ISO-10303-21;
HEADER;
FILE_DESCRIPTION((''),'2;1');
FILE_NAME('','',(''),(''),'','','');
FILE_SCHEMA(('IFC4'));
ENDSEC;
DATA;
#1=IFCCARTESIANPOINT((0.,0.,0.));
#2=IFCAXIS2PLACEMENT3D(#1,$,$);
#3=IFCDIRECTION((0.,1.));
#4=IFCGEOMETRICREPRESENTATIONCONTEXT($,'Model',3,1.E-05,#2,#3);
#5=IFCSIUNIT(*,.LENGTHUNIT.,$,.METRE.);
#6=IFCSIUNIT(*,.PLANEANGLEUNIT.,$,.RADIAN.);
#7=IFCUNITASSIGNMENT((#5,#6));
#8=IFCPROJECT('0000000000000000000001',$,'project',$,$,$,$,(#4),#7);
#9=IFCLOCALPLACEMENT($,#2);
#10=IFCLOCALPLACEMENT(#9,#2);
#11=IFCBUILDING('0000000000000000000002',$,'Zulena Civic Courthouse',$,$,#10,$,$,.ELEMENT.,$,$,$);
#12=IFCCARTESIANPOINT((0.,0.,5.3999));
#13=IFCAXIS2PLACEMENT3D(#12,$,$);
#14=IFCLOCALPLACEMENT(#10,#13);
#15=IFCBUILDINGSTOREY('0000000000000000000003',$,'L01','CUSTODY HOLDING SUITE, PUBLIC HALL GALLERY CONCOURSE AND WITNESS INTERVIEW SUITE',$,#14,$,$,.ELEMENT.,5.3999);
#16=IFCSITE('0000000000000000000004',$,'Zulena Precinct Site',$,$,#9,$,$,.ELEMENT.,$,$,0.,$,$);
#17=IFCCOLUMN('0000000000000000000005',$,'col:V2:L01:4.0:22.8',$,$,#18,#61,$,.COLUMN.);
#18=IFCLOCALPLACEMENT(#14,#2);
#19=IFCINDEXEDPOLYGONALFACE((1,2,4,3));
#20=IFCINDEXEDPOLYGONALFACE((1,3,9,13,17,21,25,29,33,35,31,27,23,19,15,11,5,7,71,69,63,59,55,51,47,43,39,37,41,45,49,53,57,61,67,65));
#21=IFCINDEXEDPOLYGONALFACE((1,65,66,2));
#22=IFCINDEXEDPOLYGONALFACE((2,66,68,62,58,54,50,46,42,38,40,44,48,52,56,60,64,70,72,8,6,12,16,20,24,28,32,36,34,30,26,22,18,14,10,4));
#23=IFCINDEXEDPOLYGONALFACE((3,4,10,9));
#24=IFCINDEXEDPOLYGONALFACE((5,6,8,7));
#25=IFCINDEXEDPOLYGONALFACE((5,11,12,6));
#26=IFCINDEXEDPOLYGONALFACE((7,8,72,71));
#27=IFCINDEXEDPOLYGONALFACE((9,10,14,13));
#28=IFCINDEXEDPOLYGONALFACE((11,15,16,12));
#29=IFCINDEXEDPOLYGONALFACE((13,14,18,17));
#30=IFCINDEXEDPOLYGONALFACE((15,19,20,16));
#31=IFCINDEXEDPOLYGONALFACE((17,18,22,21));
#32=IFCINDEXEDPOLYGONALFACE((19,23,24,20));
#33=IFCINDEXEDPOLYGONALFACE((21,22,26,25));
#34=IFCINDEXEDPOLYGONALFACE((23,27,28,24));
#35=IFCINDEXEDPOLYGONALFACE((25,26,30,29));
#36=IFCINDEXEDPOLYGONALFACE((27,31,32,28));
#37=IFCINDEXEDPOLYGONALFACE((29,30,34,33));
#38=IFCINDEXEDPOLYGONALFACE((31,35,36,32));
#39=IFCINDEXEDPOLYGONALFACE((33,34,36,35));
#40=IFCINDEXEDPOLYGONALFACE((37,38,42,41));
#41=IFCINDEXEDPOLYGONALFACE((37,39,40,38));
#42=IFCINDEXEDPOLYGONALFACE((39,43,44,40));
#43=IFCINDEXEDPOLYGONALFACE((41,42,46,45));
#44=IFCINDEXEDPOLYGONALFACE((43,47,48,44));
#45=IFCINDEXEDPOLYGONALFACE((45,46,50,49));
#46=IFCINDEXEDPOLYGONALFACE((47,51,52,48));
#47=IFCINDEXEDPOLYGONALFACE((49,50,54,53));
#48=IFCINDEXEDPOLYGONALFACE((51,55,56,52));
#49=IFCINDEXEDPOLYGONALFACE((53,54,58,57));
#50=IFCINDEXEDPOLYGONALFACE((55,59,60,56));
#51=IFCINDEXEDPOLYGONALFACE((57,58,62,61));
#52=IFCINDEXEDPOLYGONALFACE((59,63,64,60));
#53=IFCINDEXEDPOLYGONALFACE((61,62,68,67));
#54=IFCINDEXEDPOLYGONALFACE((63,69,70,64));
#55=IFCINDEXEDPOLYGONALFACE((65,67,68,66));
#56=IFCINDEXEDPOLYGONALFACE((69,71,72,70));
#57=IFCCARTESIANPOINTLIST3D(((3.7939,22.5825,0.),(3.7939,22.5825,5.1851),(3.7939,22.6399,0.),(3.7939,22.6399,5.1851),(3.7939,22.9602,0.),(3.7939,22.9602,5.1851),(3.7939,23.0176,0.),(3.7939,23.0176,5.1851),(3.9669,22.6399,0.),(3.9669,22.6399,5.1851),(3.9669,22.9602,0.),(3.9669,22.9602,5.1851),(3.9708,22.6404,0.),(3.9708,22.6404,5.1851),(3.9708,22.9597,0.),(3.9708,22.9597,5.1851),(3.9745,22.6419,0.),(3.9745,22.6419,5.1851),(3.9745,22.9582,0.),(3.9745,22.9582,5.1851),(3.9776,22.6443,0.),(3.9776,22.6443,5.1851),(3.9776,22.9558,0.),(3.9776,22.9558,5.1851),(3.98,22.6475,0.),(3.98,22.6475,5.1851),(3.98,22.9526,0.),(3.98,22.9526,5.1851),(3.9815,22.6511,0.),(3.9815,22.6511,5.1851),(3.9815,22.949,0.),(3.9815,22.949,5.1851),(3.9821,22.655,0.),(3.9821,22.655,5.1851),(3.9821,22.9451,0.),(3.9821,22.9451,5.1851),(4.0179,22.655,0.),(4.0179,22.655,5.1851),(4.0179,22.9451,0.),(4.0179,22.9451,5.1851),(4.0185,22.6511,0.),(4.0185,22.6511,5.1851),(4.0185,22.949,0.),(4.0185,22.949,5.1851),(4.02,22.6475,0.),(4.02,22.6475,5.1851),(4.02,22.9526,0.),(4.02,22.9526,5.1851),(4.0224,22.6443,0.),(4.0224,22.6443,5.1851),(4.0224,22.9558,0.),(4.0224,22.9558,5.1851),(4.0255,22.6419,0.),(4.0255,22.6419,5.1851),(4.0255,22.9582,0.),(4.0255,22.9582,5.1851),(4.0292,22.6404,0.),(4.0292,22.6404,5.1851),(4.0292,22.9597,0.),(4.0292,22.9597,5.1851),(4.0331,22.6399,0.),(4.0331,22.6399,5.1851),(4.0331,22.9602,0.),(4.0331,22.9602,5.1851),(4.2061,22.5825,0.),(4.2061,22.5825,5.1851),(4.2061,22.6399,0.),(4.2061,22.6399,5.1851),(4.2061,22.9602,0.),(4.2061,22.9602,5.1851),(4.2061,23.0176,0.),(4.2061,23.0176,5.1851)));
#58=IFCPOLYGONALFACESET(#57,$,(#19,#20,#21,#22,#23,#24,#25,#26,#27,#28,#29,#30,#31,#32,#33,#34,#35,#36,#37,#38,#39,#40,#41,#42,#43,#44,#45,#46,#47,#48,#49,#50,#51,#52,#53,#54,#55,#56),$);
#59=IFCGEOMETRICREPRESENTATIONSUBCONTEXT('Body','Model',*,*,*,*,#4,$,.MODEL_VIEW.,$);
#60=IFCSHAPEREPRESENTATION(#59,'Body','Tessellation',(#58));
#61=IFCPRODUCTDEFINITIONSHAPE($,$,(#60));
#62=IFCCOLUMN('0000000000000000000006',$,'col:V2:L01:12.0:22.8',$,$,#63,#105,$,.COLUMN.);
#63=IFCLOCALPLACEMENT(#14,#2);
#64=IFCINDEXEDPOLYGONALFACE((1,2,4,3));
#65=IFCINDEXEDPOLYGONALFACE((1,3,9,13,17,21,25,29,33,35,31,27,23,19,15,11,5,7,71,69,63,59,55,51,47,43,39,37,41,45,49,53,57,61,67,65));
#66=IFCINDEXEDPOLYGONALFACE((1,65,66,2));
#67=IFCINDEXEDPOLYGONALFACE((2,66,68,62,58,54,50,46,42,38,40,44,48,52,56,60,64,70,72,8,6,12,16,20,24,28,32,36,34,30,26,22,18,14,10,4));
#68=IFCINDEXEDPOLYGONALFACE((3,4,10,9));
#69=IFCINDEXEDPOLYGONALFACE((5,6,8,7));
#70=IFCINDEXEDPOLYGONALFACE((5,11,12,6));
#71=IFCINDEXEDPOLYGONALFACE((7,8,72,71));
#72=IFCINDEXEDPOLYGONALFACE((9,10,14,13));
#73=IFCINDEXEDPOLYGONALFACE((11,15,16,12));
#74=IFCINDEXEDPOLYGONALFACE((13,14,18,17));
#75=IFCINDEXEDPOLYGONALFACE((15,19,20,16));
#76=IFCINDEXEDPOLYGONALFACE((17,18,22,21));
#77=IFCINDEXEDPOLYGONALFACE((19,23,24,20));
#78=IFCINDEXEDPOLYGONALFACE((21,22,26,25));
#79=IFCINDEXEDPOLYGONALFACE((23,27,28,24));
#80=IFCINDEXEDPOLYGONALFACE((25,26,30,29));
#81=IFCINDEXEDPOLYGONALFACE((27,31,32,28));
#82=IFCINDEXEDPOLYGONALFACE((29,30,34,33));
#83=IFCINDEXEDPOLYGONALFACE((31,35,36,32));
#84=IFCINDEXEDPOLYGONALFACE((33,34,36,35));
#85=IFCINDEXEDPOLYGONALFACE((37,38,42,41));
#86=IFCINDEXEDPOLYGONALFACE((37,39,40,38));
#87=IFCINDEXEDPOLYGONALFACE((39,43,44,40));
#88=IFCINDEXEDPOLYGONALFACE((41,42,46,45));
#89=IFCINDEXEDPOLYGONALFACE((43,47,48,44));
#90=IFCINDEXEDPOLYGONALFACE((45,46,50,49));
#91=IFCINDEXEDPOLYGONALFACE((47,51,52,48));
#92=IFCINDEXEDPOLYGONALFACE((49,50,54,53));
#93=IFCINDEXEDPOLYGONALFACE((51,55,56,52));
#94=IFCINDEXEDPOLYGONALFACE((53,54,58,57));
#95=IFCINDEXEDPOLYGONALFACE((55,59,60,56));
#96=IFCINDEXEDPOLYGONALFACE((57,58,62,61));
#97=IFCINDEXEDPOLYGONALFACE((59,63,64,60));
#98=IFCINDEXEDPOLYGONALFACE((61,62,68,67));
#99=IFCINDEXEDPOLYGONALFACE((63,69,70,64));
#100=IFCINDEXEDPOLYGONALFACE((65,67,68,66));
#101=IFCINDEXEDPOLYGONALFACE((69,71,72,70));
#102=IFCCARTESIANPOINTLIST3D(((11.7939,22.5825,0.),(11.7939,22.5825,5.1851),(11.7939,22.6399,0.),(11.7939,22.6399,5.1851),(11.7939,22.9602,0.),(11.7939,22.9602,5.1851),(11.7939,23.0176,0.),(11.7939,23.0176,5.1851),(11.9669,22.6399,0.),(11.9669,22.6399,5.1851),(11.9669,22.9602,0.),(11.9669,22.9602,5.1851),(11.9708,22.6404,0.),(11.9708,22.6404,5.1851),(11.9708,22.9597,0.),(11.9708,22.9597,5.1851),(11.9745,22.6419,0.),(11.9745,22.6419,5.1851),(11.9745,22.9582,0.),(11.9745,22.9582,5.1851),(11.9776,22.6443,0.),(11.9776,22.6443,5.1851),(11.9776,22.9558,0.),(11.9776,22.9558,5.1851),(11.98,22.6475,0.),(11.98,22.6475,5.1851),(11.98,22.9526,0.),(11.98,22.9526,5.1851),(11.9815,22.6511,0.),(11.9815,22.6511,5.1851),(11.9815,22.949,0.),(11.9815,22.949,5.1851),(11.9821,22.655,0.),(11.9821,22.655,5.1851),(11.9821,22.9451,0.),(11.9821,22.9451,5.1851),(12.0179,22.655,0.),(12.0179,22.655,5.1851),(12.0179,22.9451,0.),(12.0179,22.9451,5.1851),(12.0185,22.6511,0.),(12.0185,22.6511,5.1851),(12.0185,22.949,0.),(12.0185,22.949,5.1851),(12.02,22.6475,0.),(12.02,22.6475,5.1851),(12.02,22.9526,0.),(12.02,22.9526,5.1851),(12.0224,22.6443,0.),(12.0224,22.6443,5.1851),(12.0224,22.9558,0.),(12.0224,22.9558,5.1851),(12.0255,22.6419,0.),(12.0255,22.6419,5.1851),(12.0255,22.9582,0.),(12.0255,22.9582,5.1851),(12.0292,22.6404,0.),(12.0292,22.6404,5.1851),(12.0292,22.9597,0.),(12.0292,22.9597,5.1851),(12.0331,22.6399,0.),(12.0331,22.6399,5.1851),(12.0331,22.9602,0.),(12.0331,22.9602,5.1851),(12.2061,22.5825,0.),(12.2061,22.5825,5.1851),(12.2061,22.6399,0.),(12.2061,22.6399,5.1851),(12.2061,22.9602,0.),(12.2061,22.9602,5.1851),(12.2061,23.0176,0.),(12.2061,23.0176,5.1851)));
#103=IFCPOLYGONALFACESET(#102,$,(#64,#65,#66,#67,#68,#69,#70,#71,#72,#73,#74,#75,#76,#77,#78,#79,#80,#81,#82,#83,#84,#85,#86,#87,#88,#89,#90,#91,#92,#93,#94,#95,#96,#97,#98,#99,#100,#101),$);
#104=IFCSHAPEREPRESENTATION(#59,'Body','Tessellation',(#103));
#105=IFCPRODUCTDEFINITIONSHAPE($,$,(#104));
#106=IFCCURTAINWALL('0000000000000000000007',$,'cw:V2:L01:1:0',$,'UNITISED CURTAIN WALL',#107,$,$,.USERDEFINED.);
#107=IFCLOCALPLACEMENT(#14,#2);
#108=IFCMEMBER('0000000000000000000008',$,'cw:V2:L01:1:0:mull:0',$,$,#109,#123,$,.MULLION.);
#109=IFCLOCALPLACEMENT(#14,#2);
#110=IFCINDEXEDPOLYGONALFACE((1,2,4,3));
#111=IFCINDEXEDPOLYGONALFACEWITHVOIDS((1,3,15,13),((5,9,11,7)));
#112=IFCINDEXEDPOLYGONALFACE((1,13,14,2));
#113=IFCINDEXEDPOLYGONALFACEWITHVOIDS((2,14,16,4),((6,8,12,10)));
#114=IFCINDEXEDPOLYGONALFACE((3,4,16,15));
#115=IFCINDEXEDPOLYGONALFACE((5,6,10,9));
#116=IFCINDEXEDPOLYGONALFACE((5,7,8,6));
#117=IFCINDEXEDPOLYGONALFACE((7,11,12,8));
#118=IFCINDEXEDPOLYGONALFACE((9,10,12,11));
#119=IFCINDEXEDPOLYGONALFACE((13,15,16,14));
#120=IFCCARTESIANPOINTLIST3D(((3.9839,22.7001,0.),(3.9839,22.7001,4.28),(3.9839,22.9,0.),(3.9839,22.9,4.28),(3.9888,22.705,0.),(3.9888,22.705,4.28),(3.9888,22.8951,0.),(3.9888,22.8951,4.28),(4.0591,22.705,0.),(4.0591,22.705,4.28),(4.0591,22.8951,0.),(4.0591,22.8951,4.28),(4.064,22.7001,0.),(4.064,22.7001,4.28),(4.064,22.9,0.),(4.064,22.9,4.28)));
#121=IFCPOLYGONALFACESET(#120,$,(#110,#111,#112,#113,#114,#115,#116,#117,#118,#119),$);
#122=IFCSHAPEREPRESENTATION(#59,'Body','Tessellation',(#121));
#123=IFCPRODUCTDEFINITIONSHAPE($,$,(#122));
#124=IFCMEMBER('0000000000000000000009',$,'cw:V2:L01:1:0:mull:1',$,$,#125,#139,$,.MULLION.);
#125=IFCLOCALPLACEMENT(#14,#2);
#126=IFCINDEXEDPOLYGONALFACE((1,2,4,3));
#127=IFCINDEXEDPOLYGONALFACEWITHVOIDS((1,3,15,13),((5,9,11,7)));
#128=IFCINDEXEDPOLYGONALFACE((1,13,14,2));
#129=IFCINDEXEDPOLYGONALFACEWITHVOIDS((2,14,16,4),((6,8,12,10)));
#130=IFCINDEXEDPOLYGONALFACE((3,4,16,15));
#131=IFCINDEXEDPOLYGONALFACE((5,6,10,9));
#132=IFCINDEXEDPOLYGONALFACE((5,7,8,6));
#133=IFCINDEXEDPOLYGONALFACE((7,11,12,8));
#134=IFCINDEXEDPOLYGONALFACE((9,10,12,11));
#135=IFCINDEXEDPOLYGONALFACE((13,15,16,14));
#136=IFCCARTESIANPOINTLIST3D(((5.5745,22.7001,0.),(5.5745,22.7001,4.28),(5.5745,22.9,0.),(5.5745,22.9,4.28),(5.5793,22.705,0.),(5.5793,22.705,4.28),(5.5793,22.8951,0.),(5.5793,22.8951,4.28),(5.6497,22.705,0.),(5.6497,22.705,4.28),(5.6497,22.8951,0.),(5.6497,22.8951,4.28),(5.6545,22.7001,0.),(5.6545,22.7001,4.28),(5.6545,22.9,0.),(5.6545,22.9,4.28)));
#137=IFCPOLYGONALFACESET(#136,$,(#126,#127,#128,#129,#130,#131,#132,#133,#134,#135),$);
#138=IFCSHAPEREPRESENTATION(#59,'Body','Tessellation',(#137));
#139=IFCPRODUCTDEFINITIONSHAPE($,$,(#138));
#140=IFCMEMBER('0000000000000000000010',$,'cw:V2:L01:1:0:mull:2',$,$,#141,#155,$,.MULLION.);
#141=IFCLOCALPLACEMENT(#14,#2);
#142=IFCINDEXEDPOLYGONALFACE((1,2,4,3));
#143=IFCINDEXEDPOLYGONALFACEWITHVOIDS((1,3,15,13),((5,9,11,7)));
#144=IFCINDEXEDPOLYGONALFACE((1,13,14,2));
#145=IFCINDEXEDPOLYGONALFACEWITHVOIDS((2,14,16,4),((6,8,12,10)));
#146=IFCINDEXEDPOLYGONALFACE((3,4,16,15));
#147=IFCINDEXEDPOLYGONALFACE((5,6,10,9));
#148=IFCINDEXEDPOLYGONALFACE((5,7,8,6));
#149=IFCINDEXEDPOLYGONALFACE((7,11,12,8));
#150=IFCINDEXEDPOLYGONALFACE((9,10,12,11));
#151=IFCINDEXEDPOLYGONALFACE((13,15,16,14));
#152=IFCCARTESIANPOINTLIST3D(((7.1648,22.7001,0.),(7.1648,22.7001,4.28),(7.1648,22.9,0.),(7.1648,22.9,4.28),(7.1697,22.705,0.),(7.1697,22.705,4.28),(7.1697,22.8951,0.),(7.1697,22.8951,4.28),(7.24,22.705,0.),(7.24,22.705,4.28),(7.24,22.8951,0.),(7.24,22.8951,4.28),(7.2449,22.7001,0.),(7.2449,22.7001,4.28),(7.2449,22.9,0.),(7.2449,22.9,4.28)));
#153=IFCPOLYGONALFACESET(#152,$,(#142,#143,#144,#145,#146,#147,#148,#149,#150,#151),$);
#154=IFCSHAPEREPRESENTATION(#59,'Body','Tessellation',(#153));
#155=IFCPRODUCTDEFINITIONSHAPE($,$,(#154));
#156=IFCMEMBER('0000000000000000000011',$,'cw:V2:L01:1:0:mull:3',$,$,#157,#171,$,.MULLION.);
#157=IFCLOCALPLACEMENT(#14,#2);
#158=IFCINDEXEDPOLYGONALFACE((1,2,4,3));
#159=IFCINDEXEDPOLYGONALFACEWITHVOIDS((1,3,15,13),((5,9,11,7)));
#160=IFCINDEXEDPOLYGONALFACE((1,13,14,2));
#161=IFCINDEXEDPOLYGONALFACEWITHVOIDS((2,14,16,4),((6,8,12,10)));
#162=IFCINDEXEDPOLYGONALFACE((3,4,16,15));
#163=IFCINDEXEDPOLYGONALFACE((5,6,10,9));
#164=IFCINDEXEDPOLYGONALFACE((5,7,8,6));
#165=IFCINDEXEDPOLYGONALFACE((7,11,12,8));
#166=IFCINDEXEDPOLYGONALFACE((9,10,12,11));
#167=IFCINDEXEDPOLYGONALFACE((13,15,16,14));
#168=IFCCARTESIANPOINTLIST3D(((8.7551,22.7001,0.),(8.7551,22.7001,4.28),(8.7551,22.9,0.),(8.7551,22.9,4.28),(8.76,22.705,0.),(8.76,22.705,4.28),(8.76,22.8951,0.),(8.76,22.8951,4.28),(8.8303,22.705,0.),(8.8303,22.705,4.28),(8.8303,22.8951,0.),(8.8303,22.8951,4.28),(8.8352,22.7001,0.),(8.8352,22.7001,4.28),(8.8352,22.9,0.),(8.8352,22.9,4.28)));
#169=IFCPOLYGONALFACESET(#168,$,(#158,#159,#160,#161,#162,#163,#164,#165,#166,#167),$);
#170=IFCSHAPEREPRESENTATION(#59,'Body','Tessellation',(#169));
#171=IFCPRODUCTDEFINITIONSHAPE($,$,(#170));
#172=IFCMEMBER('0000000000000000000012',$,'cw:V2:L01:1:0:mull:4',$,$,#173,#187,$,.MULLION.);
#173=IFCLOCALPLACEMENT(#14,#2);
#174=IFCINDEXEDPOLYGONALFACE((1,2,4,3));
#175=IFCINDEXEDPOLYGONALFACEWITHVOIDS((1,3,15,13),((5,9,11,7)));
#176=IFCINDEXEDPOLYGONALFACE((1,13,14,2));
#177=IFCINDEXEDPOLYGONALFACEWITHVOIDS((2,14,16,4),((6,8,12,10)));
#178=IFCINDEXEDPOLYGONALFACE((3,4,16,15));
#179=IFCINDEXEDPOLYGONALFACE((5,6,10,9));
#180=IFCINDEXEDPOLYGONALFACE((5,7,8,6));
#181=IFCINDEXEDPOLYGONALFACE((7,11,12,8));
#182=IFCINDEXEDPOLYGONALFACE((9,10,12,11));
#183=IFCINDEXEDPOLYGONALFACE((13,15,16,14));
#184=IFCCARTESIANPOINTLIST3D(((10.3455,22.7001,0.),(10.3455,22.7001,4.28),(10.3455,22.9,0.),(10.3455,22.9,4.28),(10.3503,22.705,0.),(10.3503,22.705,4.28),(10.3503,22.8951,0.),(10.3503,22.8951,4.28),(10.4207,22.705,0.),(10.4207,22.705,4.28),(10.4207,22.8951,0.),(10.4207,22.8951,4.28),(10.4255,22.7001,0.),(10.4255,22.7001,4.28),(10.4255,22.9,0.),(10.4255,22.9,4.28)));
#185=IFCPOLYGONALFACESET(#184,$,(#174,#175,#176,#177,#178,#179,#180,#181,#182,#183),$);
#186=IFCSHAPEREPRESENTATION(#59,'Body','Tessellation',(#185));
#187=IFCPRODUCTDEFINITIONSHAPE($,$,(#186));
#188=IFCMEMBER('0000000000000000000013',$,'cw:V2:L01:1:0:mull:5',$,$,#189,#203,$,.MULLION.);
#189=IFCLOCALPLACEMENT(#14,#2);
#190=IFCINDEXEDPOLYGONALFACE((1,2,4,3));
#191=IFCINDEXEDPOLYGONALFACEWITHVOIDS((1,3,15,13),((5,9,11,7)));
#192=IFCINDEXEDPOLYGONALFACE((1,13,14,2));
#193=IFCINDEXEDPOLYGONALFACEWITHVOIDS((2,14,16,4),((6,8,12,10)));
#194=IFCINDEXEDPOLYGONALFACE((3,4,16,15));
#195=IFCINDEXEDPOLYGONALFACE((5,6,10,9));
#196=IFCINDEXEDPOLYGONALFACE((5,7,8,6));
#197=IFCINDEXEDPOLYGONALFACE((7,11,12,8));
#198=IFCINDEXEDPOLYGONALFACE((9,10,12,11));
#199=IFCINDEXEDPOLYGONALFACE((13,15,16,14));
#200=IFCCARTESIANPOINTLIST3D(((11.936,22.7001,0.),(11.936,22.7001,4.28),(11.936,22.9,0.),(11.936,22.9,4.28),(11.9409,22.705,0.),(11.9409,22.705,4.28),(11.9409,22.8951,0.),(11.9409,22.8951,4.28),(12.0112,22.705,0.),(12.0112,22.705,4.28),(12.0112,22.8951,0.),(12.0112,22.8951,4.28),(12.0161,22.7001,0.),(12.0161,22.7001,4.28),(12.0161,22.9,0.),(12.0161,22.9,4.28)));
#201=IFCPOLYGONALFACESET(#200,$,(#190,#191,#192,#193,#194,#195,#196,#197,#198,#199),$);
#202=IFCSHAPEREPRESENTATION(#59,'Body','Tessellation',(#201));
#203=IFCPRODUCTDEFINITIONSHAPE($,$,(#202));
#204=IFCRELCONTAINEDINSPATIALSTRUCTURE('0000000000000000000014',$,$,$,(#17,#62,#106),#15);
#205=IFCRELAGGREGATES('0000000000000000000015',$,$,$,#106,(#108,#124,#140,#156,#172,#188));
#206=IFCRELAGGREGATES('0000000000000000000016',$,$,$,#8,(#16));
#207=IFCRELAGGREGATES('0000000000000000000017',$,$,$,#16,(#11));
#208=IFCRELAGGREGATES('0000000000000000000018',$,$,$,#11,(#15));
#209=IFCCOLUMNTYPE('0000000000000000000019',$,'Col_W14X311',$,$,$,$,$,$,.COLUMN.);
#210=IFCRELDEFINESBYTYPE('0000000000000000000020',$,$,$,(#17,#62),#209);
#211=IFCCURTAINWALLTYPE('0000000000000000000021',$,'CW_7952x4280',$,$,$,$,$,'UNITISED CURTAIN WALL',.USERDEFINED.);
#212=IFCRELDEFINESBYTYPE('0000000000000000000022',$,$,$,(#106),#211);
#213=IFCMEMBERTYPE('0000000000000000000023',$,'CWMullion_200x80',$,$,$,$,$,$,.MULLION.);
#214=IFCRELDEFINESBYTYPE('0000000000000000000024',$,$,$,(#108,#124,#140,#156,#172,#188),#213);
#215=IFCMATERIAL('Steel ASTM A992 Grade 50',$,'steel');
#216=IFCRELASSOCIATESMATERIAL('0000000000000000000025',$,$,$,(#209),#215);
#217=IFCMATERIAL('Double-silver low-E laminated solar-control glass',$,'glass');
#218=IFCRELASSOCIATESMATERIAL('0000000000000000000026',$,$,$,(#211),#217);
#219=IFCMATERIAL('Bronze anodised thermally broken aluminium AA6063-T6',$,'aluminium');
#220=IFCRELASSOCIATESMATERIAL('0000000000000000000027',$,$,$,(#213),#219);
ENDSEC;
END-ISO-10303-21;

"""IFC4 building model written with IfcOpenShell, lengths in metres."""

from ifc_helpers import new_model, si_unit, direction, frame, origin, origin_2d, place, context, subcontext, project, spatial, hollow_rectangle, i_section, extrude, material, material_profile, profile_set, type_object, element, aggregate, save


model = new_model("IFC4")

# Units and contexts
model_context = context("Model", 3, precision=1e-05, world=origin(), true_north=direction((0.0, 1.0)))
body_context = subcontext(model_context, "Body", "Model", "MODEL_VIEW")
ifc_project = project(units=[si_unit("LENGTHUNIT", "METRE"), si_unit("PLANEANGLEUNIT", "RADIAN")], contexts=[model_context])

# Site, building, storey
site_placement = place(None, origin())
site = spatial("IfcSite", under=ifc_project, at=site_placement, Name="Zulena Precinct Site", CompositionType="ELEMENT", RefElevation=0.0)
building_placement = place(site_placement, origin())
building = spatial("IfcBuilding", under=site, at=building_placement, Name="Zulena Civic Courthouse", CompositionType="ELEMENT")
storey_placement = place(building_placement, frame((0.0, 0.0, 5.3999)))
storey = spatial("IfcBuildingStorey", under=building, at=storey_placement, Name="L01", Description="CUSTODY HOLDING SUITE, PUBLIC HALL GALLERY CONCOURSE AND WITNESS INTERVIEW SUITE", CompositionType="ELEMENT", Elevation=5.3999)

# Columns
ifc_material_1 = material(Name="Steel ASTM A992 Grade 50", Category="steel")
ifc_material_profile_1 = material_profile(ifc_material_1, i_section(OverallWidth=0.4121, OverallDepth=0.4351, WebThickness=0.0359, FlangeThickness=0.0574, FilletRadius=0.0151, at=origin_2d()), Name="W14X311")
ifc_profile_set_1 = profile_set([ifc_material_profile_1], Name="Steel ASTM A992 Grade 50")
column_type = type_object("IfcColumnType", Name="Col_W14X311", PredefinedType="COLUMN", material=ifc_profile_set_1)
for number, where, z_axis, x_axis, name in (
    (1, (4.0, 22.8, 0.0), (0.0, 0.0, 1.0), (1.0, 0.0, 0.0), "col:V2:L01:4.0:22.8"),
    (2, (12.0, 22.8, 0.0), (0.0, 0.0, 1.0), (1.0, 0.0, 0.0), "col:V2:L01:12.0:22.8"),
):
    element("IfcColumn", number, at=place(storey_placement, frame(where, z_axis=z_axis, x_axis=x_axis)), inside=storey, type_object=column_type, Name=name, PredefinedType="COLUMN", context=body_context, shape_type="SweptSolid", body=[
        extrude(i_section(OverallWidth=0.4121, OverallDepth=0.4351, WebThickness=0.0359, FlangeThickness=0.0574, FilletRadius=0.0151, at=origin_2d()), origin(), (0.0, 0.0, 1.0), 5.1851),
    ])

# Curtain wall, members
ifc_material_2 = material(Name="Double-silver low-E laminated solar-control glass", Category="glass")
curtain_wall_type = type_object("IfcCurtainWallType", Name="CW_7952x4280", ElementType="UNITISED CURTAIN WALL", PredefinedType="USERDEFINED", material=ifc_material_2)
curtain_wall_placement = place(storey_placement, origin())
curtain_wall = element("IfcCurtainWall", 3, at=curtain_wall_placement, inside=storey, type_object=curtain_wall_type, Name="cw:V2:L01:1:0", ObjectType="UNITISED CURTAIN WALL", PredefinedType="USERDEFINED")
ifc_material_3 = material(Name="Bronze anodised thermally broken aluminium AA6063-T6", Category="aluminium")
ifc_material_profile_2 = material_profile(ifc_material_3, hollow_rectangle(XDim=0.0801, YDim=0.2, WallThickness=0.0049, at=origin_2d()), Name="CWM200X80X5")
ifc_profile_set_2 = profile_set([ifc_material_profile_2], Name="Bronze anodised thermally broken aluminium AA6063-T6")
member_type_1 = type_object("IfcMemberType", Name="CWMullion_200x80", PredefinedType="MULLION", material=ifc_profile_set_2)
member_1_placement = place(storey_placement, frame((4.0239, 22.8, 0.0), z_axis=(0.0, 0.0, 1.0), x_axis=(1.0, 0.0, 0.0)))
member_1 = element("IfcMember", 4, at=member_1_placement, type_object=member_type_1, Name="cw:V2:L01:1:0:mull:0", PredefinedType="MULLION", context=body_context, shape_type="SweptSolid", body=[
    extrude(hollow_rectangle(XDim=0.0801, YDim=0.2, WallThickness=0.0049, at=origin_2d()), origin(), (0.0, 0.0, 1.0), 4.28),
])
member_2_placement = place(storey_placement, frame((5.6145, 22.8, 0.0), z_axis=(0.0, 0.0, 1.0), x_axis=(1.0, 0.0, 0.0)))
member_2 = element("IfcMember", 5, at=member_2_placement, type_object=member_type_1, Name="cw:V2:L01:1:0:mull:1", PredefinedType="MULLION", context=body_context, shape_type="SweptSolid", body=[
    extrude(hollow_rectangle(XDim=0.0801, YDim=0.2, WallThickness=0.0049, at=origin_2d()), origin(), (0.0, 0.0, 1.0), 4.28),
])
member_3_placement = place(storey_placement, frame((7.2048, 22.8, 0.0), z_axis=(0.0, 0.0, 1.0), x_axis=(1.0, 0.0, 0.0)))
member_3 = element("IfcMember", 6, at=member_3_placement, type_object=member_type_1, Name="cw:V2:L01:1:0:mull:2", PredefinedType="MULLION", context=body_context, shape_type="SweptSolid", body=[
    extrude(hollow_rectangle(XDim=0.0801, YDim=0.2, WallThickness=0.0049, at=origin_2d()), origin(), (0.0, 0.0, 1.0), 4.28),
])
member_4_placement = place(storey_placement, frame((8.7952, 22.8, 0.0), z_axis=(0.0, 0.0, 1.0), x_axis=(1.0, 0.0, 0.0)))
member_4 = element("IfcMember", 7, at=member_4_placement, type_object=member_type_1, Name="cw:V2:L01:1:0:mull:3", PredefinedType="MULLION", context=body_context, shape_type="SweptSolid", body=[
    extrude(hollow_rectangle(XDim=0.0801, YDim=0.2, WallThickness=0.0049, at=origin_2d()), origin(), (0.0, 0.0, 1.0), 4.28),
])
member_5_placement = place(storey_placement, frame((10.3855, 22.8, 0.0), z_axis=(0.0, 0.0, 1.0), x_axis=(1.0, 0.0, 0.0)))
member_5 = element("IfcMember", 8, at=member_5_placement, type_object=member_type_1, Name="cw:V2:L01:1:0:mull:4", PredefinedType="MULLION", context=body_context, shape_type="SweptSolid", body=[
    extrude(hollow_rectangle(XDim=0.0801, YDim=0.2, WallThickness=0.0049, at=origin_2d()), origin(), (0.0, 0.0, 1.0), 4.28),
])
member_6_placement = place(storey_placement, frame((11.9761, 22.8, 0.0), z_axis=(0.0, 0.0, 1.0), x_axis=(1.0, 0.0, 0.0)))
member_6 = element("IfcMember", 9, at=member_6_placement, type_object=member_type_1, Name="cw:V2:L01:1:0:mull:5", PredefinedType="MULLION", context=body_context, shape_type="SweptSolid", body=[
    extrude(hollow_rectangle(XDim=0.0801, YDim=0.2, WallThickness=0.0049, at=origin_2d()), origin(), (0.0, 0.0, 1.0), 4.28),
])

aggregate(curtain_wall, [member_1, member_2, member_3, member_4, member_5, member_6])

save(model, "model.ifc")
